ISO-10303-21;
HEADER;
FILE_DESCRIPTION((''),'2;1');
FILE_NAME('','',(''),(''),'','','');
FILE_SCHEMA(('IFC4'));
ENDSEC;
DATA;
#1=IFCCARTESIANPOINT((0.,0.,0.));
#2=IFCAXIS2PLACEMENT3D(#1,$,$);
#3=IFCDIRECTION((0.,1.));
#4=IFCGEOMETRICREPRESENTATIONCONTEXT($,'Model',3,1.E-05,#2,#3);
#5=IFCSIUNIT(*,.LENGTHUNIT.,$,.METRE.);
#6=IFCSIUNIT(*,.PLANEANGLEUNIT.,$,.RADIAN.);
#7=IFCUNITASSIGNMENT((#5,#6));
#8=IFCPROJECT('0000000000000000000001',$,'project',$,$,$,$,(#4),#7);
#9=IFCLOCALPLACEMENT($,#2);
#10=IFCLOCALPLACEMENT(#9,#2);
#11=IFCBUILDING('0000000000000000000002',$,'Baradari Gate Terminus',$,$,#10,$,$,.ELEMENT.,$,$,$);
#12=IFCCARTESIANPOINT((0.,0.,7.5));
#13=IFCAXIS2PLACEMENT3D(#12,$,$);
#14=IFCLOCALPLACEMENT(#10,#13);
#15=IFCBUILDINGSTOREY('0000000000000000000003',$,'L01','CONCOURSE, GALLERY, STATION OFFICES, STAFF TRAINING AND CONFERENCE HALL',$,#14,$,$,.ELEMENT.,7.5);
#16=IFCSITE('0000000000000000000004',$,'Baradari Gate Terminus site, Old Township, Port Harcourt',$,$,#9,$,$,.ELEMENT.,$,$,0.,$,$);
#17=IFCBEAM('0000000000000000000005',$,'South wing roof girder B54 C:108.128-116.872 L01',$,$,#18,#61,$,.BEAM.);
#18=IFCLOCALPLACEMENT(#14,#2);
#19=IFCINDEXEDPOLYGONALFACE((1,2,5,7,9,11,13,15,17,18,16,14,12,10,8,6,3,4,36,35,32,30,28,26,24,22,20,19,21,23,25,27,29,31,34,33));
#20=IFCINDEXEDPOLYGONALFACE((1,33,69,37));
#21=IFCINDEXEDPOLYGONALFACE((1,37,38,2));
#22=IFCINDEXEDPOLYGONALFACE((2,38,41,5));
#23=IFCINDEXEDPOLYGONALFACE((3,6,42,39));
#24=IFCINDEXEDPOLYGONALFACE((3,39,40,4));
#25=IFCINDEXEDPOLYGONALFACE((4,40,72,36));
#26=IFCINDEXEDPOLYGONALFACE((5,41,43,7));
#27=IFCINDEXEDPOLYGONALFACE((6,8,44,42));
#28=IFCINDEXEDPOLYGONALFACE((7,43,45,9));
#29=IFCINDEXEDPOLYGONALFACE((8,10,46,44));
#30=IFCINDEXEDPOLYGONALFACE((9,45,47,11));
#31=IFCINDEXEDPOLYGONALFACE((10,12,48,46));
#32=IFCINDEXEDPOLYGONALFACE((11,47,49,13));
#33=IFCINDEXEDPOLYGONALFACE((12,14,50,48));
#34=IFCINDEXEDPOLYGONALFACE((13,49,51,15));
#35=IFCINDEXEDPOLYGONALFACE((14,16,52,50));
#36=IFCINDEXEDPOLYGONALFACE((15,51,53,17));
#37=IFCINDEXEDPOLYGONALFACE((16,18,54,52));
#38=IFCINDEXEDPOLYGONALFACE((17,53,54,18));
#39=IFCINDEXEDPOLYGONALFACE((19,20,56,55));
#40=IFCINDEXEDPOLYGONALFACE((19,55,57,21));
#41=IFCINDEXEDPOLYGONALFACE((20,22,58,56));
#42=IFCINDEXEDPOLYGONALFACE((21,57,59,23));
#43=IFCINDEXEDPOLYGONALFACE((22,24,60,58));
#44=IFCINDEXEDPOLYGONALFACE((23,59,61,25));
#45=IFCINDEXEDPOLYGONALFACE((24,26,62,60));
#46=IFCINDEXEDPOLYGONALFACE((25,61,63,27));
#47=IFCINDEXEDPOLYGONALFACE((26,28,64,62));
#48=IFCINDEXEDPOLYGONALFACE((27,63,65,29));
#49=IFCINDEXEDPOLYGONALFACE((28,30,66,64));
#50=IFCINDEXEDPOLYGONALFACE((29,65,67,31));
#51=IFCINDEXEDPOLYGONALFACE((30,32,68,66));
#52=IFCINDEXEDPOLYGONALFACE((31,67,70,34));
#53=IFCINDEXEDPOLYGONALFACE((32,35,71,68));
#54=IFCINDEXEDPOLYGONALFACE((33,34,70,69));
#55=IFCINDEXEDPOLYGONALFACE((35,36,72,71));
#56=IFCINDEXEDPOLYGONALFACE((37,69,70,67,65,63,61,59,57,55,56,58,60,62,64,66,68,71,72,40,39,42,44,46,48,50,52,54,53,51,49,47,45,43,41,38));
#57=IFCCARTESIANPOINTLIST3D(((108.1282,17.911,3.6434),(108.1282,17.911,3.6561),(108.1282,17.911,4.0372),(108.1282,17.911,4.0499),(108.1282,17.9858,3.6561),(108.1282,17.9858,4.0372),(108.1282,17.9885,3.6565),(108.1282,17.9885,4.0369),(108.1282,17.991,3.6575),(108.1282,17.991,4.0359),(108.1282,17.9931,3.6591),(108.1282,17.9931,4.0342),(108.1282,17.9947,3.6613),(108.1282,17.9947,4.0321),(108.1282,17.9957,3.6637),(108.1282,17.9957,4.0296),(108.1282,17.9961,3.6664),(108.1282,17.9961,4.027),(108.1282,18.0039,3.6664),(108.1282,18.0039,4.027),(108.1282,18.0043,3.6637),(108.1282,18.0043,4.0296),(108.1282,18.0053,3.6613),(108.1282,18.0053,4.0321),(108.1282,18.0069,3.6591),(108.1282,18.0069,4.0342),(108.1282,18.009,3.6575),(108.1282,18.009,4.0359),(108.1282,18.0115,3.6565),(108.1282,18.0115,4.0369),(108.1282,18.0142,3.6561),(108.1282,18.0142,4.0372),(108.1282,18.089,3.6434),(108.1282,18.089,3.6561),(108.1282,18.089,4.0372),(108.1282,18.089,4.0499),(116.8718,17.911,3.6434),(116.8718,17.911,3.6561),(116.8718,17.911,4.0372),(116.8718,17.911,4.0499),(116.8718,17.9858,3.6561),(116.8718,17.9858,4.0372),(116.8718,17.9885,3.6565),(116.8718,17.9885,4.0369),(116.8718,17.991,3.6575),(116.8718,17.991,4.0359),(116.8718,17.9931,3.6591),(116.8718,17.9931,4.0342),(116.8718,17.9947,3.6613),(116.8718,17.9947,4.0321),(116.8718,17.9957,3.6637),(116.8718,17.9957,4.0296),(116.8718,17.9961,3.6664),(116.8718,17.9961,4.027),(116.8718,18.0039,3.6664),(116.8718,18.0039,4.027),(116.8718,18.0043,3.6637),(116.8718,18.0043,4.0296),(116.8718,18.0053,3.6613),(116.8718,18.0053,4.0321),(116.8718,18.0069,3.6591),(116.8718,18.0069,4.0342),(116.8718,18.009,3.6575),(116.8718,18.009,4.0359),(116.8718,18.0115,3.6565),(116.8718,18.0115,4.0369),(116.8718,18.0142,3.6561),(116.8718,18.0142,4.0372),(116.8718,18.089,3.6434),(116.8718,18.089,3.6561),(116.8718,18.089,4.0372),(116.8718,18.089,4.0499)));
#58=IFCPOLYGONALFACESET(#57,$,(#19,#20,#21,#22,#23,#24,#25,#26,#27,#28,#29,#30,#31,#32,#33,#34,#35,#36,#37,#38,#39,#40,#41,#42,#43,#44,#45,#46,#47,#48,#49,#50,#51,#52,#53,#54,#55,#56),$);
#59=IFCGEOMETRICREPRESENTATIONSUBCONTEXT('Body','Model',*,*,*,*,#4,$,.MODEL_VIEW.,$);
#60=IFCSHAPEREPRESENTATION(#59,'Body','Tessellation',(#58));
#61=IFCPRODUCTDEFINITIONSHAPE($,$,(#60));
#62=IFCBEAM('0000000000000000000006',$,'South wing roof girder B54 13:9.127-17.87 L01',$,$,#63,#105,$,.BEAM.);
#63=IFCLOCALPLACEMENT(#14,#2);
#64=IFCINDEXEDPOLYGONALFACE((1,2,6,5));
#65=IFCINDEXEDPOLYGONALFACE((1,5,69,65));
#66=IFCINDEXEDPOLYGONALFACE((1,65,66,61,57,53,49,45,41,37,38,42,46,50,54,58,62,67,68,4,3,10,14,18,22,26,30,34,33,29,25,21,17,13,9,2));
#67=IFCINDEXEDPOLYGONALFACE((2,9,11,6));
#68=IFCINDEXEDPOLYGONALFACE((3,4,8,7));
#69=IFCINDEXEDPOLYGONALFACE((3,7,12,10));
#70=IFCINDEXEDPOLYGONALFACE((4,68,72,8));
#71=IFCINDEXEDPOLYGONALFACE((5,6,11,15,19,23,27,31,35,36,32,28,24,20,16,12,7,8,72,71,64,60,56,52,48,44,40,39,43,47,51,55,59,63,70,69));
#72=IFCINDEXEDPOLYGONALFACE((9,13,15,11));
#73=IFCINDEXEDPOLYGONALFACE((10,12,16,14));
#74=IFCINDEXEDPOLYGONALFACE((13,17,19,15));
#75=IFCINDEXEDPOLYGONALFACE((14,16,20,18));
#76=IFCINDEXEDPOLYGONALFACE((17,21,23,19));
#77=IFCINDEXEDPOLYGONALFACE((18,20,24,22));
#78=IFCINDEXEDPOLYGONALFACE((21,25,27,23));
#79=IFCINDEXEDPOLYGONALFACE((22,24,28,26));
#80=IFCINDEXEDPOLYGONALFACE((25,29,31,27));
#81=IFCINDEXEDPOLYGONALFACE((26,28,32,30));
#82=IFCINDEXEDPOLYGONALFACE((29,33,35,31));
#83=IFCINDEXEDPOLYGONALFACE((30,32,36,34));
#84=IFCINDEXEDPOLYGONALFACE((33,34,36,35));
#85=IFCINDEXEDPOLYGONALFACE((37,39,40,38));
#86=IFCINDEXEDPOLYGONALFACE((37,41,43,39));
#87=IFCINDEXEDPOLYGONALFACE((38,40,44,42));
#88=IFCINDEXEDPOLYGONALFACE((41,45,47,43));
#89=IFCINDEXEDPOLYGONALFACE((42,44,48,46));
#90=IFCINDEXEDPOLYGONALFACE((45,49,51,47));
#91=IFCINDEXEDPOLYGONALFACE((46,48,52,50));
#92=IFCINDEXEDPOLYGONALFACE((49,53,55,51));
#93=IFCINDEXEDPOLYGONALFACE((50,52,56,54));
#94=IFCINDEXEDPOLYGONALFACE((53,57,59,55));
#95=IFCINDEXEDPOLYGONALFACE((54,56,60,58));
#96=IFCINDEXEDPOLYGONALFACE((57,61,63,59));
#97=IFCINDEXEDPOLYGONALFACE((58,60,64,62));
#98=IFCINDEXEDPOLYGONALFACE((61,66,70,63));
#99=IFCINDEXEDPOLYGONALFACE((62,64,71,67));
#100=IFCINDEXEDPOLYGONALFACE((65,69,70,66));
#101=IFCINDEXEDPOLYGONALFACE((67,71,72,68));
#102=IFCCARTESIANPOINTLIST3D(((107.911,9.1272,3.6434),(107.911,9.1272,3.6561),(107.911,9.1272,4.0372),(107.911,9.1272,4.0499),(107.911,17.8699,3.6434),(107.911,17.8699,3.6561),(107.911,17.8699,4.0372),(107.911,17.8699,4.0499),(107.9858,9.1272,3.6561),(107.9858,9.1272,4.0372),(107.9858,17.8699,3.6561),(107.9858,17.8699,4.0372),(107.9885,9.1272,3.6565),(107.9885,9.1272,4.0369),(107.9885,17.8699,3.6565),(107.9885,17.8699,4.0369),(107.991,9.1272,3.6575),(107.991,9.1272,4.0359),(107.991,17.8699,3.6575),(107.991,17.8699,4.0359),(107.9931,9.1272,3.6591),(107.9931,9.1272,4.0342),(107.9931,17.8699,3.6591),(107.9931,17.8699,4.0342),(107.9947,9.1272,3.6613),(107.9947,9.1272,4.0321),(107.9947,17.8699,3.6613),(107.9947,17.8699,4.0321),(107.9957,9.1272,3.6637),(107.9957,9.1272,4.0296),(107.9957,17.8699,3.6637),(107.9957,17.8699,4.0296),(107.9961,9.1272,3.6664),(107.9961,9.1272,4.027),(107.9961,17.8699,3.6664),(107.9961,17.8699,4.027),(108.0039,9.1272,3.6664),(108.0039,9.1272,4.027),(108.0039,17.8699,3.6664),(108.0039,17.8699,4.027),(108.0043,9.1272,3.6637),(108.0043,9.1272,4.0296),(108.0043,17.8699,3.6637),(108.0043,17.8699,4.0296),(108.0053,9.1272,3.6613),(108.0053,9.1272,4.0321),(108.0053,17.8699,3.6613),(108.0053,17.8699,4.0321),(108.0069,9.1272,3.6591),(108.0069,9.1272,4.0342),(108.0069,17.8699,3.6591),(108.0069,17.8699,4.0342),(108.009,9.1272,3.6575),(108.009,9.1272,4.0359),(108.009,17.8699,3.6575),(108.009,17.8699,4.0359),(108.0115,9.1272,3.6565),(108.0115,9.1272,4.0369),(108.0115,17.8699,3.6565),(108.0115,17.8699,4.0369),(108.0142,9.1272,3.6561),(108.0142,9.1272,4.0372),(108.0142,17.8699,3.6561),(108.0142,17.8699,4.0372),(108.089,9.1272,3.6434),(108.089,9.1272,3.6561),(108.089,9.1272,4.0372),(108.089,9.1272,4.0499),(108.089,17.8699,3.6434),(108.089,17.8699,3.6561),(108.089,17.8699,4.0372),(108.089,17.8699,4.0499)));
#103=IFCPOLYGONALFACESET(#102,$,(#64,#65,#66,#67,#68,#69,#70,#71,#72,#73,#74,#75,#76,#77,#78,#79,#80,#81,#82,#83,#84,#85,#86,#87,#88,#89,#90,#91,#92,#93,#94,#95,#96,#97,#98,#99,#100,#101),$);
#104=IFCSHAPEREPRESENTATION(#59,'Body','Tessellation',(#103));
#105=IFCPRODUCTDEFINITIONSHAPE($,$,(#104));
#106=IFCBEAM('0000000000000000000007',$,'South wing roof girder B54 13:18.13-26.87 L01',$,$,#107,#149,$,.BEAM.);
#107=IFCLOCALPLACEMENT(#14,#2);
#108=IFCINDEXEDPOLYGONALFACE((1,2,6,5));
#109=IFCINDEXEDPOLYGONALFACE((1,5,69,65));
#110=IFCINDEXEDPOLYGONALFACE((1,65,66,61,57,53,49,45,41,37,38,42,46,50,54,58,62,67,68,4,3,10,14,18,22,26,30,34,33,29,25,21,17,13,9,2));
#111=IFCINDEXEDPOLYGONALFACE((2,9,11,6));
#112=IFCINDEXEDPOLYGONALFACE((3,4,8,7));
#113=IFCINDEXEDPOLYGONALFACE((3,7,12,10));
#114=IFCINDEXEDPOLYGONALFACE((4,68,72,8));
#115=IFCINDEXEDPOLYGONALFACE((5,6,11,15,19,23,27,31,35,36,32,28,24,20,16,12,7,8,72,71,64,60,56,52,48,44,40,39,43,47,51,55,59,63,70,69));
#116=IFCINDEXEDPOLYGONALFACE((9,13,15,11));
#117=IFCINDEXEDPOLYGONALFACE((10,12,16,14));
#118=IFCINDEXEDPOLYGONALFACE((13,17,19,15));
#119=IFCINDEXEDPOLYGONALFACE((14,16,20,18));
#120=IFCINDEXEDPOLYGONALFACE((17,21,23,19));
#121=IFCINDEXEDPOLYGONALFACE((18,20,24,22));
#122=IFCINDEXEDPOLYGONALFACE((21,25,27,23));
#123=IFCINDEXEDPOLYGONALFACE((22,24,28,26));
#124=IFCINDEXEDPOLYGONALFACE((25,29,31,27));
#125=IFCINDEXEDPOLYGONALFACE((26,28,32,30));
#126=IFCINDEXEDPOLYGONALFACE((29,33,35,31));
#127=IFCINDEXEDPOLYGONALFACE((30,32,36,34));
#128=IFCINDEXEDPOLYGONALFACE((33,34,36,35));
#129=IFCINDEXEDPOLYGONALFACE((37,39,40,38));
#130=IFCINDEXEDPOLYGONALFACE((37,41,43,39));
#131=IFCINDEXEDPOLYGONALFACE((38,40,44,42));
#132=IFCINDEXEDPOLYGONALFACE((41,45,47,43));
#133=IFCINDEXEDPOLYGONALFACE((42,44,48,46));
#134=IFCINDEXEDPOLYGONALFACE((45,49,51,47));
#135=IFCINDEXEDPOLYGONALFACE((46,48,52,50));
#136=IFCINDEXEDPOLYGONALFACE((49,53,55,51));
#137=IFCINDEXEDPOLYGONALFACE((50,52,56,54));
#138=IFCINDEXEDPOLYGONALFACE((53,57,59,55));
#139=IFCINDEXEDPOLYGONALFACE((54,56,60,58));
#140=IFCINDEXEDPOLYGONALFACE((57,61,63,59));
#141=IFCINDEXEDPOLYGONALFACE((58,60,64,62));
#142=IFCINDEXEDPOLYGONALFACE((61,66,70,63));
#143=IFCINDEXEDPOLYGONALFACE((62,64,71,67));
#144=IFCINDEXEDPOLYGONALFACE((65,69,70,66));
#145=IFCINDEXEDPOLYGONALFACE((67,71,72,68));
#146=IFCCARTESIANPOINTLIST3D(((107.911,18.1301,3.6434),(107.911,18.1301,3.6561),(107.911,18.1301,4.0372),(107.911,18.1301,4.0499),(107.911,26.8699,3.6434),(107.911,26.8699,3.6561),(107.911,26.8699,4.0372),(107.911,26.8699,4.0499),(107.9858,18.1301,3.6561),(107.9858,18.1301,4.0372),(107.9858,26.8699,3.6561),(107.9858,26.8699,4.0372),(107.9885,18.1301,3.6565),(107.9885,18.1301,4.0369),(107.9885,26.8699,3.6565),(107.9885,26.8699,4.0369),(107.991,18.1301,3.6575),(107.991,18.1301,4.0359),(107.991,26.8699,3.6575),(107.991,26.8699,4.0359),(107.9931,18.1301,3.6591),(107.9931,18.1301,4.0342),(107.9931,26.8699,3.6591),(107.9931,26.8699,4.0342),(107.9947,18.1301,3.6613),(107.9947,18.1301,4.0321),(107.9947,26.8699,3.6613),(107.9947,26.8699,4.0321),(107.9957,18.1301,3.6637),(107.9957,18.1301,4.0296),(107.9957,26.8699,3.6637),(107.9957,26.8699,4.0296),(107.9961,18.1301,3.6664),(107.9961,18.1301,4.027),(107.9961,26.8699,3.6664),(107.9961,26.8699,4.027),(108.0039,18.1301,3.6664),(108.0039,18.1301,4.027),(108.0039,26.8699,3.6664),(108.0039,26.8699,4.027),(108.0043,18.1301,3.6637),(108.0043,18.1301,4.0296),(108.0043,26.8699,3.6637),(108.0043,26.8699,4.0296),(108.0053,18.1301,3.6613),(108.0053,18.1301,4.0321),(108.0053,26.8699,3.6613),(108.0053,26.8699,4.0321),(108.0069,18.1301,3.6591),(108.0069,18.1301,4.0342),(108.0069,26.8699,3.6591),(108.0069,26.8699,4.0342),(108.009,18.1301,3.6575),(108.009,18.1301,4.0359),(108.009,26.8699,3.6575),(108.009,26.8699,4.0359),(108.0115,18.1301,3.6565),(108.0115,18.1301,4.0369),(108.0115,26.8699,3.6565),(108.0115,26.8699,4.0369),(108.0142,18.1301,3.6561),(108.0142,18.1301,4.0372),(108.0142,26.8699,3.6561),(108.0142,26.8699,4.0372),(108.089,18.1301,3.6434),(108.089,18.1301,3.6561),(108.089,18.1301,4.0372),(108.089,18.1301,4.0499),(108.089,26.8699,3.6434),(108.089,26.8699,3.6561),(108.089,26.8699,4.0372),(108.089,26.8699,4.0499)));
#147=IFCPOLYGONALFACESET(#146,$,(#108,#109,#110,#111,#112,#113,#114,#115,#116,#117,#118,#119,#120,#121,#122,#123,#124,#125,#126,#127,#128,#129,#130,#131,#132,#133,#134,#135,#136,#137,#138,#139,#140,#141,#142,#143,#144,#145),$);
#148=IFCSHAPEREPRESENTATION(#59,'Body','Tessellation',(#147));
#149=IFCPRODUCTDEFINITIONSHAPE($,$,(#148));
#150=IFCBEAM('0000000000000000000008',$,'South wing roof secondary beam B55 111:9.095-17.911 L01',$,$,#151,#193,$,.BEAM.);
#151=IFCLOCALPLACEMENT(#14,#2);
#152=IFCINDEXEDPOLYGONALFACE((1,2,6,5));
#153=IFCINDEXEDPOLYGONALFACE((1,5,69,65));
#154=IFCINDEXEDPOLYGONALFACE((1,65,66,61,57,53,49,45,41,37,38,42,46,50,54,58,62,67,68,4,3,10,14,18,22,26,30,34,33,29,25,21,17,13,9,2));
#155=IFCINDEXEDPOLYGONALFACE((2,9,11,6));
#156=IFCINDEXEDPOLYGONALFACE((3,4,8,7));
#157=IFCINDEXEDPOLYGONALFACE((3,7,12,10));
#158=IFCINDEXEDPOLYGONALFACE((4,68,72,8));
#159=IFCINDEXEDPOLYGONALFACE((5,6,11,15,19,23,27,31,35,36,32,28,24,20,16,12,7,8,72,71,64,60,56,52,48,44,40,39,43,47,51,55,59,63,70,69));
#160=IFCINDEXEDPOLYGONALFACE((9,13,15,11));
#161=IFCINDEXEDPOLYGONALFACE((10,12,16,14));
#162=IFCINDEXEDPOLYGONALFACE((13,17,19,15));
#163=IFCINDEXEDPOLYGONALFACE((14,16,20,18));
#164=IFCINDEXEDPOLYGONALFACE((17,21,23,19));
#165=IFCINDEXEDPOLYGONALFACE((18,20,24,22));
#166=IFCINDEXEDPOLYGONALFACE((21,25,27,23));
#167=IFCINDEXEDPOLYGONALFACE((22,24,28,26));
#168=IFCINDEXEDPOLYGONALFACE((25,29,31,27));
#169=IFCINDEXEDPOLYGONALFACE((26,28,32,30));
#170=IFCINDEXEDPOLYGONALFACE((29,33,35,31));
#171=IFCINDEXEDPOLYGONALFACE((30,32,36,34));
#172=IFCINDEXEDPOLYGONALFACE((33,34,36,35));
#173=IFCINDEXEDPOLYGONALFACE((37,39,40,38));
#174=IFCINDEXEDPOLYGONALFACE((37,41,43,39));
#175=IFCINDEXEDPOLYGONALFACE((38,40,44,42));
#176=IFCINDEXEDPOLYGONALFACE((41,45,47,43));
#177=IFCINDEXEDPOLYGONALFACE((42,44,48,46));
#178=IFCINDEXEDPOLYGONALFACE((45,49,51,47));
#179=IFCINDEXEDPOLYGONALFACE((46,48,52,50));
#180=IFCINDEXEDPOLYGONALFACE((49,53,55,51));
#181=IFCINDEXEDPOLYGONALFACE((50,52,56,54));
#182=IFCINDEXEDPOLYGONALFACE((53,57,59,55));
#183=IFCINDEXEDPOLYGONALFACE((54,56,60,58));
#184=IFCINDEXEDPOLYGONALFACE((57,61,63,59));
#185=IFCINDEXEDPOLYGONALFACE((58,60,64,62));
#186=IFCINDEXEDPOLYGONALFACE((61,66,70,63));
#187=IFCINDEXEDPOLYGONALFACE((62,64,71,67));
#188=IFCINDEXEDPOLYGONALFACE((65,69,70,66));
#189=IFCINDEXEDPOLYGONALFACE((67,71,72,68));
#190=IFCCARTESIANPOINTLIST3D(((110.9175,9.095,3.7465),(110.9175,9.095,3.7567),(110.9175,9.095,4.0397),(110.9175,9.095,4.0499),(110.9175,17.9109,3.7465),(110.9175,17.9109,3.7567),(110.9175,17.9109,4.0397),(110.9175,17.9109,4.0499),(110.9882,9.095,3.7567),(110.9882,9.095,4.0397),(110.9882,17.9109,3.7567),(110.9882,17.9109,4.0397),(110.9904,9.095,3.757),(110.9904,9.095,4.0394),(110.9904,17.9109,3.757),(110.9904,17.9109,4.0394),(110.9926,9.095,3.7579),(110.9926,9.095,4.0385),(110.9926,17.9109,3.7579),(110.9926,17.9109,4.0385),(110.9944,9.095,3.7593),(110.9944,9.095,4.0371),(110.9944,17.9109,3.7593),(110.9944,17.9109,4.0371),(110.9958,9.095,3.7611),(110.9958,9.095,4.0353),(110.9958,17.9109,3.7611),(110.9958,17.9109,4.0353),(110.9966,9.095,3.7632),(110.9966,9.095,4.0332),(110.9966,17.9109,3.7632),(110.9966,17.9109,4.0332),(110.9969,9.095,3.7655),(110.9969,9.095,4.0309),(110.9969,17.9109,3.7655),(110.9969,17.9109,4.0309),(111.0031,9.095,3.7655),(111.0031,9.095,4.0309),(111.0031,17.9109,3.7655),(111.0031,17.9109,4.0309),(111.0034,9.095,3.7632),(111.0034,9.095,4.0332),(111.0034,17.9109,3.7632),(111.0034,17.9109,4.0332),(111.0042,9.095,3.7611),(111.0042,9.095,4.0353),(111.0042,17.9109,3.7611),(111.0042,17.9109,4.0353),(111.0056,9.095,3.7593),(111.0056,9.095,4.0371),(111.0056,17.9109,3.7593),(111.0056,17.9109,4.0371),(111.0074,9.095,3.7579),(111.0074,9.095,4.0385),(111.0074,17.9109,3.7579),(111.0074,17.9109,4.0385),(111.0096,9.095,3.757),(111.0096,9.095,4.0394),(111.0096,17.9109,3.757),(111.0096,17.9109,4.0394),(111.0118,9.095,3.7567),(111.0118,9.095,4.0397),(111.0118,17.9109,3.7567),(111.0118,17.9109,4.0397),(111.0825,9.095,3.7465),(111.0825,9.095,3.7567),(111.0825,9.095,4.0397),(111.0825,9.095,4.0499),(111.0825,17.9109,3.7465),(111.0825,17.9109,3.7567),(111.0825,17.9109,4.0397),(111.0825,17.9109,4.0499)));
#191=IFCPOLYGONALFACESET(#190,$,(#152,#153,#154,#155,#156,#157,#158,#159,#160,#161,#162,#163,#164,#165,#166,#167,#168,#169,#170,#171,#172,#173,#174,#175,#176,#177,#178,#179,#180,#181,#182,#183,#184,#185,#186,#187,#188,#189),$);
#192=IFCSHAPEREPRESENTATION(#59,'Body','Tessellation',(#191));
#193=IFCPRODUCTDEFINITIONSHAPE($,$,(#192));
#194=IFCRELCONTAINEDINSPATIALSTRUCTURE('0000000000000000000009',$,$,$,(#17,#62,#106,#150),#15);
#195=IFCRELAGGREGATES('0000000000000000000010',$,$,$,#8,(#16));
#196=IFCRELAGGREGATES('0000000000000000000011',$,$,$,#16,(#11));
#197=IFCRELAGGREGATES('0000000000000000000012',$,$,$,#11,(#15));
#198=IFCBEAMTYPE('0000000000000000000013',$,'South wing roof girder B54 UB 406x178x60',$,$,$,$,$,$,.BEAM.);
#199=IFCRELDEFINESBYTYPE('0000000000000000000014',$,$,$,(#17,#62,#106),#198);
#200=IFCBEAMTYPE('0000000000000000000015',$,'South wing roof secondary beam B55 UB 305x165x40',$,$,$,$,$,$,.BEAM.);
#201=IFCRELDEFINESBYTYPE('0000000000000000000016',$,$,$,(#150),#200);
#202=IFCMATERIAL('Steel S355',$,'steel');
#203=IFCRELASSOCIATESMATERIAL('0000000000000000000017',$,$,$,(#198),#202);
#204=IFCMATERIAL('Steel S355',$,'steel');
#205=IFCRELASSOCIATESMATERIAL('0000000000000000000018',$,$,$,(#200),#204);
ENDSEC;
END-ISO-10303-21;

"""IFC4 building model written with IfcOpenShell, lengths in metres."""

from ifc_helpers import new_model, si_unit, direction, frame, origin, origin_2d, place, context, subcontext, project, spatial, i_section, extrude, material, material_profile, profile_set, type_object, element, save


model = new_model("IFC4")

# Units and contexts
model_context = context("Model", 3, precision=1e-05, world=origin(), true_north=direction((0.0, 1.0)))
body_context = subcontext(model_context, "Body", "Model", "MODEL_VIEW")
ifc_project = project(units=[si_unit("LENGTHUNIT", "METRE"), si_unit("PLANEANGLEUNIT", "RADIAN")], contexts=[model_context])

# Site, building, storey
site_placement = place(None, origin())
site = spatial("IfcSite", under=ifc_project, at=site_placement, Name="Baradari Gate Terminus site, Old Township, Port Harcourt", CompositionType="ELEMENT", RefElevation=0.0)
building_placement = place(site_placement, origin())
building = spatial("IfcBuilding", under=site, at=building_placement, Name="Baradari Gate Terminus", CompositionType="ELEMENT")
storey_placement = place(building_placement, frame((0.0, 0.0, 7.5)))
storey = spatial("IfcBuildingStorey", under=building, at=storey_placement, Name="L01", Description="CONCOURSE, GALLERY, STATION OFFICES, STAFF TRAINING AND CONFERENCE HALL", CompositionType="ELEMENT", Elevation=7.5)

# Beams
ifc_material_1 = material(Name="Steel S355", Category="steel")
ifc_material_profile_1 = material_profile(ifc_material_1, i_section(OverallWidth=0.178, OverallDepth=0.4065, WebThickness=0.0078, FlangeThickness=0.0127, FilletRadius=0.0103, at=origin_2d()), Name="UB 406x178x60")
ifc_profile_set_1 = profile_set([ifc_material_profile_1], Name="Steel S355")
beam_type_1 = type_object("IfcBeamType", Name="South wing roof girder B54 UB 406x178x60", PredefinedType="BEAM", material=ifc_profile_set_1)
beam_1_placement = place(storey_placement, frame((108.1282, 18.0, 3.8467), z_axis=(1.0, 0.0, 0.0), x_axis=(0.0, 1.0, 0.0)))
element("IfcBeam", 1, at=beam_1_placement, inside=storey, type_object=beam_type_1, Name="South wing roof girder B54 C:108.128-116.872 L01", PredefinedType="BEAM", context=body_context, shape_type="SweptSolid", body=[
    extrude(i_section(OverallWidth=0.178, OverallDepth=0.4065, WebThickness=0.0078, FlangeThickness=0.0127, FilletRadius=0.0103, at=origin_2d()), origin(), (0.0, 0.0, 1.0), 8.7437),
])
beam_2_placement = place(storey_placement, frame((108.0, 9.1272, 3.8467), z_axis=(0.0, 1.0, 0.0), x_axis=(-1.0, 0.0, 0.0)))
element("IfcBeam", 2, at=beam_2_placement, inside=storey, type_object=beam_type_1, Name="South wing roof girder B54 13:9.127-17.87 L01", PredefinedType="BEAM", context=body_context, shape_type="SweptSolid", body=[
    extrude(i_section(OverallWidth=0.178, OverallDepth=0.4065, WebThickness=0.0078, FlangeThickness=0.0127, FilletRadius=0.0103, at=origin_2d()), origin(), (0.0, 0.0, 1.0), 8.7427),
])
beam_3_placement = place(storey_placement, frame((108.0, 18.1301, 3.8467), z_axis=(0.0, 1.0, 0.0), x_axis=(-1.0, 0.0, 0.0)))
element("IfcBeam", 3, at=beam_3_placement, inside=storey, type_object=beam_type_1, Name="South wing roof girder B54 13:18.13-26.87 L01", PredefinedType="BEAM", context=body_context, shape_type="SweptSolid", body=[
    extrude(i_section(OverallWidth=0.178, OverallDepth=0.4065, WebThickness=0.0078, FlangeThickness=0.0127, FilletRadius=0.0103, at=origin_2d()), origin(), (0.0, 0.0, 1.0), 8.7397),
])
ifc_material_2 = material(Name="Steel S355", Category="steel")
ifc_material_profile_2 = material_profile(ifc_material_2, i_section(OverallWidth=0.165, OverallDepth=0.3035, WebThickness=0.0061, FlangeThickness=0.0103, FilletRadius=0.0088, at=origin_2d()), Name="UB 305x165x40")
ifc_profile_set_2 = profile_set([ifc_material_profile_2], Name="Steel S355")
beam_type_2 = type_object("IfcBeamType", Name="South wing roof secondary beam B55 UB 305x165x40", PredefinedType="BEAM", material=ifc_profile_set_2)
beam_4_placement = place(storey_placement, frame((111.0, 9.095, 3.8982), z_axis=(0.0, 1.0, 0.0), x_axis=(-1.0, 0.0, 0.0)))
element("IfcBeam", 4, at=beam_4_placement, inside=storey, type_object=beam_type_2, Name="South wing roof secondary beam B55 111:9.095-17.911 L01", PredefinedType="BEAM", context=body_context, shape_type="SweptSolid", body=[
    extrude(i_section(OverallWidth=0.165, OverallDepth=0.3035, WebThickness=0.0061, FlangeThickness=0.0103, FilletRadius=0.0088, at=origin_2d()), origin(), (0.0, 0.0, 1.0), 8.8159),
])

save(model, "model.ifc")
